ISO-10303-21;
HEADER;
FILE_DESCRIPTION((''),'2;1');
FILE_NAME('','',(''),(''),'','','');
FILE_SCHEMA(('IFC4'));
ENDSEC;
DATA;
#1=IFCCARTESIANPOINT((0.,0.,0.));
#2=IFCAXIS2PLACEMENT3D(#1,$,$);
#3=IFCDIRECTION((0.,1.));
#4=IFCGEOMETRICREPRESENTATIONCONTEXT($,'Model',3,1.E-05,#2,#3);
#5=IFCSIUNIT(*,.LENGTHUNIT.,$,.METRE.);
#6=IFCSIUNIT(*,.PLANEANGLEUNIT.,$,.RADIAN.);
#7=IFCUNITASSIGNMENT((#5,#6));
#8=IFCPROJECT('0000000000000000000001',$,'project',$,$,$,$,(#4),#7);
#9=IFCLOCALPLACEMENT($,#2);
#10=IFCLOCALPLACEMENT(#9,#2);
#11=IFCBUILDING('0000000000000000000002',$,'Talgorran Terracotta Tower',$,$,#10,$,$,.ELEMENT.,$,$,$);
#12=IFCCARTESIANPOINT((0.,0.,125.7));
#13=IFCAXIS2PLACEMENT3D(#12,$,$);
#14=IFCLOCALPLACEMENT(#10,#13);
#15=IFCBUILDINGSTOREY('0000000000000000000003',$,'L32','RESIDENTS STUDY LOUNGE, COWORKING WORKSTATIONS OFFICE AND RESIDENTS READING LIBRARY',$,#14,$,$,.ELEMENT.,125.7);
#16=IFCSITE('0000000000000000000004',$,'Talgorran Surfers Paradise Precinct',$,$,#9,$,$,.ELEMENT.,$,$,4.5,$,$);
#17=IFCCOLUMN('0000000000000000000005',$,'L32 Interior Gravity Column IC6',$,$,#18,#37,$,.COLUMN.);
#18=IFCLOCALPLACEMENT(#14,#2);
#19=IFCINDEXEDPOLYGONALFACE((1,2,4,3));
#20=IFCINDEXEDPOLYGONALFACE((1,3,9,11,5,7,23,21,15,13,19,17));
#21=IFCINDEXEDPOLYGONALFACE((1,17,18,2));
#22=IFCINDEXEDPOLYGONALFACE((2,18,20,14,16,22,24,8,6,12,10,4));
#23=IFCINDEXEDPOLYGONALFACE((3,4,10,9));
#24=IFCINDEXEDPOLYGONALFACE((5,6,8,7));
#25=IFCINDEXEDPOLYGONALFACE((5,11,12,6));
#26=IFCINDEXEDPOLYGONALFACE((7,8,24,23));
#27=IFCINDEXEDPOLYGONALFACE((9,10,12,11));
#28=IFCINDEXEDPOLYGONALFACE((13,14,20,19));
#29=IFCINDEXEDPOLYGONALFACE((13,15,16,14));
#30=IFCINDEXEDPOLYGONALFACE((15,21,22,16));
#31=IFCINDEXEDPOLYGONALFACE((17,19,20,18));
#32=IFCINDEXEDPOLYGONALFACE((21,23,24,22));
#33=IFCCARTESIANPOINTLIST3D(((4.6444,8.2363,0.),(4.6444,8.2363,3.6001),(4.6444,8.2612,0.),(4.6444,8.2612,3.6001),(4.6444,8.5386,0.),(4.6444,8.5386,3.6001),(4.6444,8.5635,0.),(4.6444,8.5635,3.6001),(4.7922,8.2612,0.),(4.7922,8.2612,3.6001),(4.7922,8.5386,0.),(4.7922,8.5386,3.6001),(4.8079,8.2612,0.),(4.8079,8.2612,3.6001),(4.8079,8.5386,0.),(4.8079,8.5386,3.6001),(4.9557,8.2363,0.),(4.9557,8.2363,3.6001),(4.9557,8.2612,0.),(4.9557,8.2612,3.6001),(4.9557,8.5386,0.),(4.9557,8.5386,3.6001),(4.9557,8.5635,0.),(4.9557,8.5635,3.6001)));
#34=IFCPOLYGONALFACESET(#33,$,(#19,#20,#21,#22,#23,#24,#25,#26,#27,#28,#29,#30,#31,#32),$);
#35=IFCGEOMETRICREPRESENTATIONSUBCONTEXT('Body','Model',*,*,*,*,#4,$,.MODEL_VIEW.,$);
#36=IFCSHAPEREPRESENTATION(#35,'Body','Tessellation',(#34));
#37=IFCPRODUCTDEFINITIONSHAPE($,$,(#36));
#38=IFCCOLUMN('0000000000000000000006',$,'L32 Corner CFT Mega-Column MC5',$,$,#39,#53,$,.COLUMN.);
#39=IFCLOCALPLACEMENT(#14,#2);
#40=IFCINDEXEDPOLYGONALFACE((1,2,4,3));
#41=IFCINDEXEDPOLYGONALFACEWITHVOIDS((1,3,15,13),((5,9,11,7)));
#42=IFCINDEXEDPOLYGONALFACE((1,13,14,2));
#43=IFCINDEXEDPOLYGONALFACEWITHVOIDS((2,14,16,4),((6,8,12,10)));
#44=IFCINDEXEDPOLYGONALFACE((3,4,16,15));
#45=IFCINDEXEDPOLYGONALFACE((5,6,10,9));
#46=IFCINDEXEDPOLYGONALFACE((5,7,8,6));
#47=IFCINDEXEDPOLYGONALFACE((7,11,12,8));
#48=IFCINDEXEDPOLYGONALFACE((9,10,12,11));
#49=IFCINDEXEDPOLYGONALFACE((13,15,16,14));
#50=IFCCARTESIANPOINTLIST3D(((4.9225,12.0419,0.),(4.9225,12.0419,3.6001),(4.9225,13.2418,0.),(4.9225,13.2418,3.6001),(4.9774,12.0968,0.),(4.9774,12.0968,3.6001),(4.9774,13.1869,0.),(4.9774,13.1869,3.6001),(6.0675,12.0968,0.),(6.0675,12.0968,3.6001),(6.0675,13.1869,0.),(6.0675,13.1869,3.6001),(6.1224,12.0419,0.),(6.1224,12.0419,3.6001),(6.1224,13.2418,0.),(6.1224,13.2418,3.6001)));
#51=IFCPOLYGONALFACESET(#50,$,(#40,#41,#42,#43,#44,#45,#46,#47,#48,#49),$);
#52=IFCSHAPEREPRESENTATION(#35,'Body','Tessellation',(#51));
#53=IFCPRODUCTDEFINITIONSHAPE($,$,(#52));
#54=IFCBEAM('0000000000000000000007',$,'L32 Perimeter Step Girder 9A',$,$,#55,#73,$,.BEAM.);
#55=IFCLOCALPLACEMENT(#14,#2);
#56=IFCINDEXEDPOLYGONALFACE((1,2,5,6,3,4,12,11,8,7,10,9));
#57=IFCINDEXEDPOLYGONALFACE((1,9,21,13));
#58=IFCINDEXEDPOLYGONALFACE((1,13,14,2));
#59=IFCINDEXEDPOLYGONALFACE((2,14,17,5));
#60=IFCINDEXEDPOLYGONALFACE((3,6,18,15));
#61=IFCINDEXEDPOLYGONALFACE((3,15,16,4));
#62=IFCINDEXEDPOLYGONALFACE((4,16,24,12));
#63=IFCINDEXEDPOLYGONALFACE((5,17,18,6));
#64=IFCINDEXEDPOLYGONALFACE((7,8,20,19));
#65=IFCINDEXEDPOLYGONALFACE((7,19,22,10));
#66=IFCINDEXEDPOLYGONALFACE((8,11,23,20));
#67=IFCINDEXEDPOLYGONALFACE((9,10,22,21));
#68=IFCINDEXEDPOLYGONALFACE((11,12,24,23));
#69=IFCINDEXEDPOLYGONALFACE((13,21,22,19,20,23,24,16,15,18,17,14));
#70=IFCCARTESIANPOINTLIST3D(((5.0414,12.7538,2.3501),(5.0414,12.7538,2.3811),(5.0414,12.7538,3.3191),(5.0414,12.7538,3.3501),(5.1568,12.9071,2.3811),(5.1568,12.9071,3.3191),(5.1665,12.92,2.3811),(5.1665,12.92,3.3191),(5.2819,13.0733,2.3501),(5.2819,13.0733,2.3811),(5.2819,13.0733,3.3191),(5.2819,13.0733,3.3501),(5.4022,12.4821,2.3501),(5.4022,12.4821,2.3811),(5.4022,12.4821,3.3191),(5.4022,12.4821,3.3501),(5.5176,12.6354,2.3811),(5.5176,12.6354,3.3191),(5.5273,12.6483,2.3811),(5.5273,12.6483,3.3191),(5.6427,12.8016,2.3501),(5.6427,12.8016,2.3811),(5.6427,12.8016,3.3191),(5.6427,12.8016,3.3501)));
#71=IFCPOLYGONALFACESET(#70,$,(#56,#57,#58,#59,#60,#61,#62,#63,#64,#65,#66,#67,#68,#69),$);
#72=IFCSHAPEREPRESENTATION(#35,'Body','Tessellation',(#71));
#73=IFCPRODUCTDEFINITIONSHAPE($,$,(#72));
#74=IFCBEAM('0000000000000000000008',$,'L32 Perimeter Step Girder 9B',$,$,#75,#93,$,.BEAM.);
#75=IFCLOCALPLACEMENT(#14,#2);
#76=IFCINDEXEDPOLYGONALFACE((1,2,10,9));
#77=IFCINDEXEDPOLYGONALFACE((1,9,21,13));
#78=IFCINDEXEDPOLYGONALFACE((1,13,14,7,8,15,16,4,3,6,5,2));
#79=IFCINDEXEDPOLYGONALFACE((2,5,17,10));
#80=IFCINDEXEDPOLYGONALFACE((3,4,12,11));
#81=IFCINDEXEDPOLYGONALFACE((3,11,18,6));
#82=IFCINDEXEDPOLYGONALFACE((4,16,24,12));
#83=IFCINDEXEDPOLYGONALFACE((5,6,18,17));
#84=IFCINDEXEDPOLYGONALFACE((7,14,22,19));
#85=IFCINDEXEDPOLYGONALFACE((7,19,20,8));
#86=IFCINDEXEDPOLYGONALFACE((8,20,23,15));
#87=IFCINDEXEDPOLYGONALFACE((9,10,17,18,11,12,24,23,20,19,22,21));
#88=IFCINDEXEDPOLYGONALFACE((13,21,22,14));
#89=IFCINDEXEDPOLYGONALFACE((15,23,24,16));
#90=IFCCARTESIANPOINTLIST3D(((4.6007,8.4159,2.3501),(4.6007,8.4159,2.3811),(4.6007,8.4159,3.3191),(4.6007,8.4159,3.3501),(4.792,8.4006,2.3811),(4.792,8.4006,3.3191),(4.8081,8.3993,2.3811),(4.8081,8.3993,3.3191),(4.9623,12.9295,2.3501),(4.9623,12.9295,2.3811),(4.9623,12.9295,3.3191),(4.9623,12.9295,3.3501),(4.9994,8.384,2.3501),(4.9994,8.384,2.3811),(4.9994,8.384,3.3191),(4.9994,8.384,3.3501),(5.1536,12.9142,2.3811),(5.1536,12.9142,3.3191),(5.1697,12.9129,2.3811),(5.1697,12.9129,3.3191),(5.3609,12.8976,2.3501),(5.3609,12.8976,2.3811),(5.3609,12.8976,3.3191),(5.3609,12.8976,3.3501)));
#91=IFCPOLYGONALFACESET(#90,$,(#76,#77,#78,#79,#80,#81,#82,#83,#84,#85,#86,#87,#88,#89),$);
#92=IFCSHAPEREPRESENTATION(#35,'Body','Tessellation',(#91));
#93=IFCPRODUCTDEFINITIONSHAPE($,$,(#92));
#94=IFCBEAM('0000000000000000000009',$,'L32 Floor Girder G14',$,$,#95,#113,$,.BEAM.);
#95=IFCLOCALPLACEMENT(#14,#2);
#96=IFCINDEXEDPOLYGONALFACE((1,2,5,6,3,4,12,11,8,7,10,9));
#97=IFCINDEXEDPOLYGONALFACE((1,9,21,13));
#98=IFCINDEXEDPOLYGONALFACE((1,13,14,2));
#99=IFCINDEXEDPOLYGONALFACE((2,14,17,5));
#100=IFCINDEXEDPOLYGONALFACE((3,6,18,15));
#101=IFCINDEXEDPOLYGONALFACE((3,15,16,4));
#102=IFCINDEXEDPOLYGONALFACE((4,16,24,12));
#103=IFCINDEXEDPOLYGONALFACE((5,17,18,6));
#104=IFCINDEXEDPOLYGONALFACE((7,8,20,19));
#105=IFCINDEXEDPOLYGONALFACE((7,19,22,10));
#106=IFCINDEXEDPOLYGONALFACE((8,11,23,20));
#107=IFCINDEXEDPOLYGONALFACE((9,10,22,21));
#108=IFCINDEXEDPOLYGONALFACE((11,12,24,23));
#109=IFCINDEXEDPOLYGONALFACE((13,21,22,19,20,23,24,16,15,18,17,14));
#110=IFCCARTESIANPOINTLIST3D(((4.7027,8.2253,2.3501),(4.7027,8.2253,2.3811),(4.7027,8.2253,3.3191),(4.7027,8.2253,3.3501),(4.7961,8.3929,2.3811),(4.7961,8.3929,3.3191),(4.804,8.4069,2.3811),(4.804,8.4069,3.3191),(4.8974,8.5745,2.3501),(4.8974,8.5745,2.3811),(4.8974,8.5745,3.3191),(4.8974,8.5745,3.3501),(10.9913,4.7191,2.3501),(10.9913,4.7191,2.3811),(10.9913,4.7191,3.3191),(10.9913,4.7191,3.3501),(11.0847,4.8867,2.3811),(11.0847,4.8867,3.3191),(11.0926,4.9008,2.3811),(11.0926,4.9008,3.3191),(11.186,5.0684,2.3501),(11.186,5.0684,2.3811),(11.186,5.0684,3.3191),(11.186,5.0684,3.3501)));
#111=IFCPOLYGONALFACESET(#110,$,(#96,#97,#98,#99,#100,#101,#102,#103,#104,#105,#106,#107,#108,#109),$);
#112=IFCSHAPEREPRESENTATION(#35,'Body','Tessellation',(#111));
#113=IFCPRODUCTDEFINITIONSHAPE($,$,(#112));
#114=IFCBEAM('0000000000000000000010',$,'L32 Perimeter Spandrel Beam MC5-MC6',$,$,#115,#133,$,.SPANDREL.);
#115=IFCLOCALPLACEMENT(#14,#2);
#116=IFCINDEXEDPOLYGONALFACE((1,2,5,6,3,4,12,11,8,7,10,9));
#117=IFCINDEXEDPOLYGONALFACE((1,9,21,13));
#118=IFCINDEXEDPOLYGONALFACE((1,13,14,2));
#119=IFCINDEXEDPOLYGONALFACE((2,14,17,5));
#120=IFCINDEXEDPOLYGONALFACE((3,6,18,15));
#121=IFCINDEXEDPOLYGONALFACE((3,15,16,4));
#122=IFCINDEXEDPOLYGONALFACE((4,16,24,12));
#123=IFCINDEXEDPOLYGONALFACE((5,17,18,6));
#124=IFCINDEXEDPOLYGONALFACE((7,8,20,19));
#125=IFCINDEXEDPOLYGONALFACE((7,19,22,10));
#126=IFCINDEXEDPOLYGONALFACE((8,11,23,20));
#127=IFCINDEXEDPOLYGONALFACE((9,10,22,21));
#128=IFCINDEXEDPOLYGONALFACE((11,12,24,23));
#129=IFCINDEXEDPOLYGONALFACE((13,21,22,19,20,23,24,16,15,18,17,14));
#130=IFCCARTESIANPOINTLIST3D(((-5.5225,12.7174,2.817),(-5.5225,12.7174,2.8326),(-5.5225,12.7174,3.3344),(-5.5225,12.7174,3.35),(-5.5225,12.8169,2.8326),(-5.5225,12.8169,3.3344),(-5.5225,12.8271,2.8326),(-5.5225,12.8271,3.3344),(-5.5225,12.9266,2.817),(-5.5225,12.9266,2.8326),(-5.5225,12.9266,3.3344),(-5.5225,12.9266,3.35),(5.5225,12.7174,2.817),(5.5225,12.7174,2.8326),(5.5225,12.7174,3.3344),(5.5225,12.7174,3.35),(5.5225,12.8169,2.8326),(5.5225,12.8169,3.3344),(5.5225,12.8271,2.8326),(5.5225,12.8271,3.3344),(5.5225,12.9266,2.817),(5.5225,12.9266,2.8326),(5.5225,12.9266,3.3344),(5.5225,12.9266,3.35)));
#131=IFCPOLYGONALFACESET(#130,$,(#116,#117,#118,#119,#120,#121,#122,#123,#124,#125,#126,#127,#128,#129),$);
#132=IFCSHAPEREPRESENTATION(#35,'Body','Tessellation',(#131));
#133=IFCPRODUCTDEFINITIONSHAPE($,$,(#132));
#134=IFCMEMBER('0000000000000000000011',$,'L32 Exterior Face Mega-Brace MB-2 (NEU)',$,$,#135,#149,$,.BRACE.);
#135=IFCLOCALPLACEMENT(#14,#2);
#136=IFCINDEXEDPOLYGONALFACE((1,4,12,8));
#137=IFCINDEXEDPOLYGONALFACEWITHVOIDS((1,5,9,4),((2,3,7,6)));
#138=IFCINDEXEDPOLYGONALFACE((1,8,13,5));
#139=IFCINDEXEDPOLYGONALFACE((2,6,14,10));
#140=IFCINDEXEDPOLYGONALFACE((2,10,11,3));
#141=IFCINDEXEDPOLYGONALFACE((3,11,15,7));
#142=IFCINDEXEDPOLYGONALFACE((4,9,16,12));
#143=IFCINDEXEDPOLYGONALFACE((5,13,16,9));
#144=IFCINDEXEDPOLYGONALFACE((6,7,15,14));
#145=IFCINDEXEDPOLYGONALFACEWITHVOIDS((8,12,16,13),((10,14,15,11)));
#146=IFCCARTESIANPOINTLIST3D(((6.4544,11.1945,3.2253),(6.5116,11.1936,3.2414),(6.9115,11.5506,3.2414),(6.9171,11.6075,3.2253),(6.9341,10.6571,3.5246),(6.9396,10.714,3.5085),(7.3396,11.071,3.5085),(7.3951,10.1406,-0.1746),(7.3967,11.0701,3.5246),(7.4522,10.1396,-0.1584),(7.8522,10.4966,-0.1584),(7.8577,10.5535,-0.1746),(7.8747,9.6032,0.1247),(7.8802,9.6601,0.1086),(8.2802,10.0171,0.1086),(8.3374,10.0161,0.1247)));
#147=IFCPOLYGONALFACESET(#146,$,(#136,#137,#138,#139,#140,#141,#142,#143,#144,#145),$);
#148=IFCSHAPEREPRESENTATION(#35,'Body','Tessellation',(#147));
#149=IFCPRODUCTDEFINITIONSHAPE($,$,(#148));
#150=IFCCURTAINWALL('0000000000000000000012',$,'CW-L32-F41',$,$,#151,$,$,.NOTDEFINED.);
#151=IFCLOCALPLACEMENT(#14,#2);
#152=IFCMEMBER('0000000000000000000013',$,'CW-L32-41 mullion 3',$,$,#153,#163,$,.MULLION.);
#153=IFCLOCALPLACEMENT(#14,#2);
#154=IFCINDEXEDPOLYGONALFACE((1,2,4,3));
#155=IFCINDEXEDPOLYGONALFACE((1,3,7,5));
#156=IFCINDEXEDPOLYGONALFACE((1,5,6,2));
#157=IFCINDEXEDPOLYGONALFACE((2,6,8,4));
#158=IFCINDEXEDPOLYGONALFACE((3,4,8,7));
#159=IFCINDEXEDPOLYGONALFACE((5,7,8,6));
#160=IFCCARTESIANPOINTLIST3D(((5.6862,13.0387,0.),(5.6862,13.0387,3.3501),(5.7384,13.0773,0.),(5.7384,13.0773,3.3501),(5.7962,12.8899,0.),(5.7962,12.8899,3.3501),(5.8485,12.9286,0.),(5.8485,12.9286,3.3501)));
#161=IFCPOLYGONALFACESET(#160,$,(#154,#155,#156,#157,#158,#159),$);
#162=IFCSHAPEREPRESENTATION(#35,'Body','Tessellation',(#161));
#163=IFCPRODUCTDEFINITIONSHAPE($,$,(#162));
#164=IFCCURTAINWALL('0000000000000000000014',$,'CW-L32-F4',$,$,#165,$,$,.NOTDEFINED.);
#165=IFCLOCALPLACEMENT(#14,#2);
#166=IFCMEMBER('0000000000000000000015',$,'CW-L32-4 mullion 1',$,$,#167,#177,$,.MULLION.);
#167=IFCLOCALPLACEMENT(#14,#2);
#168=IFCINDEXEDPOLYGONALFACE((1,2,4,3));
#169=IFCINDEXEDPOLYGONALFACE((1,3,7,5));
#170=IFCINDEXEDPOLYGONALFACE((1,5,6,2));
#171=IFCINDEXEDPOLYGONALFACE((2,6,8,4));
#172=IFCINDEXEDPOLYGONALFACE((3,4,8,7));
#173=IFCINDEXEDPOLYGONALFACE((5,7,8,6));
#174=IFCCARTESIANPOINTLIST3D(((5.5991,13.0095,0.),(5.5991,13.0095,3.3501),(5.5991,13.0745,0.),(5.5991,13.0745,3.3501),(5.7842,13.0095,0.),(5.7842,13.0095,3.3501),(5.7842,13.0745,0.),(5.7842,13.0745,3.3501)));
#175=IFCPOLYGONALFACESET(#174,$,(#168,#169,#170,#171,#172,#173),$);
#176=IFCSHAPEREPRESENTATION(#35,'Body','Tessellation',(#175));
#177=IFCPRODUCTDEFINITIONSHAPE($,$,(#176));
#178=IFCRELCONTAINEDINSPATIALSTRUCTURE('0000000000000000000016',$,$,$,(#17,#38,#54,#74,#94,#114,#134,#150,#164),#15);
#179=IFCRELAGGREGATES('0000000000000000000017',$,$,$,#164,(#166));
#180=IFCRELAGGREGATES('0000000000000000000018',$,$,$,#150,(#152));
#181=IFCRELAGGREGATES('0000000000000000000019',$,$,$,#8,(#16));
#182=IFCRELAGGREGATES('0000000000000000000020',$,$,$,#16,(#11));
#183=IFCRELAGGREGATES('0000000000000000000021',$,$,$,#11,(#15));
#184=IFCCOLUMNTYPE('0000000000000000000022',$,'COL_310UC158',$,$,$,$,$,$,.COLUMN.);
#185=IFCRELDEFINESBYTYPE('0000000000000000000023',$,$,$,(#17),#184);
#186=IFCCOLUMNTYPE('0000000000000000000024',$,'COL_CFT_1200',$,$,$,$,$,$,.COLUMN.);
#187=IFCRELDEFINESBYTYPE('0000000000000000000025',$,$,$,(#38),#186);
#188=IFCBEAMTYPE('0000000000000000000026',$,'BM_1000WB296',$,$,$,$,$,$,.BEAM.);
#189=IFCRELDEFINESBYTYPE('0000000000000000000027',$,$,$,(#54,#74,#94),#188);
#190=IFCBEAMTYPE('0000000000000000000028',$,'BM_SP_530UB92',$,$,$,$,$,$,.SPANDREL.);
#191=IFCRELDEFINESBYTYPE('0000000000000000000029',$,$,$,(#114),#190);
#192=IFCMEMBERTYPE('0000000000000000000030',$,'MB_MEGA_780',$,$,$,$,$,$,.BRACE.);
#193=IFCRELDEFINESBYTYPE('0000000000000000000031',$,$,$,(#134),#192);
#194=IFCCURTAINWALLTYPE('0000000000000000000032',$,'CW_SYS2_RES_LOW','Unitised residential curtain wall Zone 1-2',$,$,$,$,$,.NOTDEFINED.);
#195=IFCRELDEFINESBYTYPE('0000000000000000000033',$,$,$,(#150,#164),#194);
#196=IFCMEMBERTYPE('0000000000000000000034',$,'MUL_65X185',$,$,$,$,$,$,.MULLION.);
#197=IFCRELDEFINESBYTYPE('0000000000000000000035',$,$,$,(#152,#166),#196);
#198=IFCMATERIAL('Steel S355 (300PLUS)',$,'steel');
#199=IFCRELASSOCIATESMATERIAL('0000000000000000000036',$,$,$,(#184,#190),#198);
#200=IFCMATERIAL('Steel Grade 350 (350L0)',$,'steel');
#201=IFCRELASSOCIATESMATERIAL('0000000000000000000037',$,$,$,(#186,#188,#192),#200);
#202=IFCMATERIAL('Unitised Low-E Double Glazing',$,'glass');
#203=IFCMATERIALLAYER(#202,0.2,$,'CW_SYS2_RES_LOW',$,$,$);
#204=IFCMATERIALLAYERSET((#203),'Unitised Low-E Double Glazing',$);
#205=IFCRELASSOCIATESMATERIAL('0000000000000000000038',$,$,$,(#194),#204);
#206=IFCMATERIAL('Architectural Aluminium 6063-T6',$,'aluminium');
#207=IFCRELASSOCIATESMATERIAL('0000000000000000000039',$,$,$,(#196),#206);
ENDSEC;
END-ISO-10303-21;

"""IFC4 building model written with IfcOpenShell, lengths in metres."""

from ifc_helpers import new_model, si_unit, direction, frame, origin, origin_2d, place, context, subcontext, project, spatial, rectangle, hollow_rectangle, i_section, extrude, material, layer, layer_set, material_profile, profile_set, type_object, element, aggregate, save


model = new_model("IFC4")

# Units and contexts
model_context = context("Model", 3, precision=1e-05, world=origin(), true_north=direction((0.0, 1.0)))
body_context = subcontext(model_context, "Body", "Model", "MODEL_VIEW")
ifc_project = project(units=[si_unit("LENGTHUNIT", "METRE"), si_unit("PLANEANGLEUNIT", "RADIAN")], contexts=[model_context])

# Site, building, storey
site_placement = place(None, origin())
site = spatial("IfcSite", under=ifc_project, at=site_placement, Name="Talgorran Surfers Paradise Precinct", CompositionType="ELEMENT", RefElevation=4.5)
building_placement = place(site_placement, origin())
building = spatial("IfcBuilding", under=site, at=building_placement, Name="Talgorran Terracotta Tower", CompositionType="ELEMENT")
storey_placement = place(building_placement, frame((0.0, 0.0, 125.7)))
storey = spatial("IfcBuildingStorey", under=building, at=storey_placement, Name="L32", Description="RESIDENTS STUDY LOUNGE, COWORKING WORKSTATIONS OFFICE AND RESIDENTS READING LIBRARY", CompositionType="ELEMENT", Elevation=125.7)

# Columns
ifc_material_1 = material(Name="Steel S355 (300PLUS)", Category="steel")
ifc_material_profile_1 = material_profile(ifc_material_1, i_section(OverallWidth=0.3113, OverallDepth=0.3271, WebThickness=0.0156, FlangeThickness=0.0249, at=origin_2d()), Name="310UC158")
ifc_profile_set_1 = profile_set([ifc_material_profile_1], Name="Steel S355 (300PLUS)")
column_type_1 = type_object("IfcColumnType", Name="COL_310UC158", PredefinedType="COLUMN", material=ifc_profile_set_1)
column_1_placement = place(storey_placement, frame((4.8, 8.3999, 0.0), z_axis=(0.0, 0.0, 1.0), x_axis=(1.0, 0.0, 0.0)))
element("IfcColumn", 1, at=column_1_placement, inside=storey, type_object=column_type_1, Name="L32 Interior Gravity Column IC6", PredefinedType="COLUMN", context=body_context, shape_type="SweptSolid", body=[
    extrude(i_section(OverallWidth=0.3113, OverallDepth=0.3271, WebThickness=0.0156, FlangeThickness=0.0249, at=origin_2d()), origin(), (0.0, 0.0, 1.0), 3.6001),
])
ifc_material_2 = material(Name="Steel Grade 350 (350L0)", Category="steel")
ifc_material_profile_2 = material_profile(ifc_material_2, hollow_rectangle(XDim=1.2, YDim=1.2, WallThickness=0.0549, at=origin_2d()), Name="CFT1200X1200X55")
ifc_profile_set_2 = profile_set([ifc_material_profile_2], Name="Steel Grade 350 (350L0)")
column_type_2 = type_object("IfcColumnType", Name="COL_CFT_1200", PredefinedType="COLUMN", material=ifc_profile_set_2)
column_2_placement = place(storey_placement, frame((5.5225, 12.6418, 0.0), z_axis=(0.0, 0.0, 1.0), x_axis=(1.0, 0.0, 0.0)))
element("IfcColumn", 2, at=column_2_placement, inside=storey, type_object=column_type_2, Name="L32 Corner CFT Mega-Column MC5", PredefinedType="COLUMN", context=body_context, shape_type="SweptSolid", body=[
    extrude(hollow_rectangle(XDim=1.2, YDim=1.2, WallThickness=0.0549, at=origin_2d()), origin(), (0.0, 0.0, 1.0), 3.6001),
])

# Beams
ifc_material_profile_3 = material_profile(ifc_material_2, i_section(OverallWidth=0.3999, OverallDepth=1.0, WebThickness=0.0161, FlangeThickness=0.031, at=origin_2d()), Name="1000WB296")
ifc_profile_set_3 = profile_set([ifc_material_profile_3], Name="Steel Grade 350 (350L0)")
beam_type_1 = type_object("IfcBeamType", Name="BM_1000WB296", PredefinedType="BEAM", material=ifc_profile_set_3)
beam_1_placement = place(storey_placement, frame((5.5225, 12.6418, 2.8501), z_axis=(-0.798831, 0.601555, 0.0), x_axis=(-0.601555, -0.798831, 0.0)))
element("IfcBeam", 3, at=beam_1_placement, inside=storey, type_object=beam_type_1, Name="L32 Perimeter Step Girder 9A", PredefinedType="BEAM", context=body_context, shape_type="SweptSolid", body=[
    extrude(i_section(OverallWidth=0.3999, OverallDepth=1.0, WebThickness=0.0161, FlangeThickness=0.031, at=origin_2d()), origin(), (0.0, 0.0, 1.0), 0.4517),
])
beam_2_placement = place(storey_placement, frame((5.1616, 12.9136, 2.8501), z_axis=(-0.07985, -0.996807, 0.0), x_axis=(0.996807, -0.07985, 0.0)))
element("IfcBeam", 4, at=beam_2_placement, inside=storey, type_object=beam_type_1, Name="L32 Perimeter Step Girder 9B", PredefinedType="BEAM", context=body_context, shape_type="SweptSolid", body=[
    extrude(i_section(OverallWidth=0.3999, OverallDepth=1.0, WebThickness=0.0161, FlangeThickness=0.031, at=origin_2d()), origin(), (0.0, 0.0, 1.0), 4.5281),
])
beam_3_placement = place(storey_placement, frame((4.8, 8.3999, 2.8501), z_axis=(0.873422, -0.486964, 0.0), x_axis=(0.486964, 0.873422, 0.0)))
element("IfcBeam", 5, at=beam_3_placement, inside=storey, type_object=beam_type_1, Name="L32 Floor Girder G14", PredefinedType="BEAM", context=body_context, shape_type="SweptSolid", body=[
    extrude(i_section(OverallWidth=0.3999, OverallDepth=1.0, WebThickness=0.0161, FlangeThickness=0.031, at=origin_2d()), origin(), (0.0, 0.0, 1.0), 7.2),
])
ifc_material_profile_4 = material_profile(ifc_material_1, i_section(OverallWidth=0.2092, OverallDepth=0.533, WebThickness=0.0103, FlangeThickness=0.0156, at=origin_2d()), Name="530UB92.4")
ifc_profile_set_4 = profile_set([ifc_material_profile_4], Name="Steel S355 (300PLUS)")
beam_type_2 = type_object("IfcBeamType", Name="BM_SP_530UB92", PredefinedType="SPANDREL", material=ifc_profile_set_4)
beam_4_placement = place(storey_placement, frame((5.5225, 12.822, 3.0835), z_axis=(-1.0, 0.0, 0.0), x_axis=(0.0, -1.0, 0.0)))
element("IfcBeam", 6, at=beam_4_placement, inside=storey, type_object=beam_type_2, Name="L32 Perimeter Spandrel Beam MC5-MC6", PredefinedType="SPANDREL", context=body_context, shape_type="SweptSolid", body=[
    extrude(i_section(OverallWidth=0.2092, OverallDepth=0.533, WebThickness=0.0103, FlangeThickness=0.0156, at=origin_2d()), origin(), (0.0, 0.0, 1.0), 11.0449),
])

# Member
ifc_material_profile_5 = material_profile(ifc_material_2, hollow_rectangle(XDim=0.6201, YDim=0.78, WallThickness=0.042, at=origin_2d()), Name="WBOX780X620X42")
ifc_profile_set_5 = profile_set([ifc_material_profile_5], Name="Steel Grade 350 (350L0)")
member_type_1 = type_object("IfcMemberType", Name="MB_MEGA_780", PredefinedType="BRACE", material=ifc_profile_set_5)
member_1_placement = place(storey_placement, frame((7.8662, 10.0784, -0.0249), z_axis=(-0.255499, 0.286267, 0.923456), x_axis=(-0.746063, -0.665875, 0.0)))
element("IfcMember", 7, at=member_1_placement, inside=storey, type_object=member_type_1, Name="L32 Exterior Face Mega-Brace MB-2 (NEU)", PredefinedType="BRACE", context=body_context, shape_type="SweptSolid", body=[
    extrude(hollow_rectangle(XDim=0.6201, YDim=0.78, WallThickness=0.042, at=origin_2d()), origin(), (0.0, 0.0, 1.0), 3.6816),
])

# Curtain wall, member
ifc_material_3 = material(Name="Unitised Low-E Double Glazing", Category="glass")
ifc_layer_1 = layer(ifc_material_3, 0.2, Name="CW_SYS2_RES_LOW")
ifc_layer_set_1 = layer_set([ifc_layer_1], Name="Unitised Low-E Double Glazing")
curtain_wall_type = type_object("IfcCurtainWallType", Name="CW_SYS2_RES_LOW", Description="Unitised residential curtain wall Zone 1-2", PredefinedType="NOTDEFINED", material=ifc_layer_set_1)
curtain_wall_1_placement = place(storey_placement, origin())
curtain_wall_1 = element("IfcCurtainWall", 8, at=curtain_wall_1_placement, inside=storey, type_object=curtain_wall_type, Name="CW-L32-F41", PredefinedType="NOTDEFINED")
ifc_material_4 = material(Name="Architectural Aluminium 6063-T6", Category="aluminium")
ifc_material_profile_6 = material_profile(ifc_material_4, rectangle(XDim=0.0649, YDim=0.1851, at=origin_2d()), Name="CWM65X185")
ifc_profile_set_6 = profile_set([ifc_material_profile_6], Name="Architectural Aluminium 6063-T6")
member_type_2 = type_object("IfcMemberType", Name="MUL_65X185", PredefinedType="MULLION", material=ifc_profile_set_6)
member_2_placement = place(storey_placement, frame((5.7673, 12.9836, 0.0), z_axis=(0.0, 0.0, 1.0), x_axis=(-0.803996, -0.594635, 0.0)))
member_2 = element("IfcMember", 9, at=member_2_placement, type_object=member_type_2, Name="CW-L32-41 mullion 3", PredefinedType="MULLION", context=body_context, shape_type="SweptSolid", body=[
    extrude(rectangle(XDim=0.0649, YDim=0.1851, at=origin_2d()), origin(), (0.0, 0.0, 1.0), 3.3501),
])

# Curtain wall, member
curtain_wall_2_placement = place(storey_placement, origin())
curtain_wall_2 = element("IfcCurtainWall", 10, at=curtain_wall_2_placement, inside=storey, type_object=curtain_wall_type, Name="CW-L32-F4", PredefinedType="NOTDEFINED")
member_3_placement = place(storey_placement, frame((5.6917, 13.042, 0.0), z_axis=(0.0, 0.0, 1.0), x_axis=(0.0, -1.0, 0.0)))
member_3 = element("IfcMember", 11, at=member_3_placement, type_object=member_type_2, Name="CW-L32-4 mullion 1", PredefinedType="MULLION", context=body_context, shape_type="SweptSolid", body=[
    extrude(rectangle(XDim=0.0649, YDim=0.1851, at=origin_2d()), origin(), (0.0, 0.0, 1.0), 3.3501),
])
aggregate(curtain_wall_2, [member_3])

aggregate(curtain_wall_1, [member_2])

save(model, "model.ifc")
